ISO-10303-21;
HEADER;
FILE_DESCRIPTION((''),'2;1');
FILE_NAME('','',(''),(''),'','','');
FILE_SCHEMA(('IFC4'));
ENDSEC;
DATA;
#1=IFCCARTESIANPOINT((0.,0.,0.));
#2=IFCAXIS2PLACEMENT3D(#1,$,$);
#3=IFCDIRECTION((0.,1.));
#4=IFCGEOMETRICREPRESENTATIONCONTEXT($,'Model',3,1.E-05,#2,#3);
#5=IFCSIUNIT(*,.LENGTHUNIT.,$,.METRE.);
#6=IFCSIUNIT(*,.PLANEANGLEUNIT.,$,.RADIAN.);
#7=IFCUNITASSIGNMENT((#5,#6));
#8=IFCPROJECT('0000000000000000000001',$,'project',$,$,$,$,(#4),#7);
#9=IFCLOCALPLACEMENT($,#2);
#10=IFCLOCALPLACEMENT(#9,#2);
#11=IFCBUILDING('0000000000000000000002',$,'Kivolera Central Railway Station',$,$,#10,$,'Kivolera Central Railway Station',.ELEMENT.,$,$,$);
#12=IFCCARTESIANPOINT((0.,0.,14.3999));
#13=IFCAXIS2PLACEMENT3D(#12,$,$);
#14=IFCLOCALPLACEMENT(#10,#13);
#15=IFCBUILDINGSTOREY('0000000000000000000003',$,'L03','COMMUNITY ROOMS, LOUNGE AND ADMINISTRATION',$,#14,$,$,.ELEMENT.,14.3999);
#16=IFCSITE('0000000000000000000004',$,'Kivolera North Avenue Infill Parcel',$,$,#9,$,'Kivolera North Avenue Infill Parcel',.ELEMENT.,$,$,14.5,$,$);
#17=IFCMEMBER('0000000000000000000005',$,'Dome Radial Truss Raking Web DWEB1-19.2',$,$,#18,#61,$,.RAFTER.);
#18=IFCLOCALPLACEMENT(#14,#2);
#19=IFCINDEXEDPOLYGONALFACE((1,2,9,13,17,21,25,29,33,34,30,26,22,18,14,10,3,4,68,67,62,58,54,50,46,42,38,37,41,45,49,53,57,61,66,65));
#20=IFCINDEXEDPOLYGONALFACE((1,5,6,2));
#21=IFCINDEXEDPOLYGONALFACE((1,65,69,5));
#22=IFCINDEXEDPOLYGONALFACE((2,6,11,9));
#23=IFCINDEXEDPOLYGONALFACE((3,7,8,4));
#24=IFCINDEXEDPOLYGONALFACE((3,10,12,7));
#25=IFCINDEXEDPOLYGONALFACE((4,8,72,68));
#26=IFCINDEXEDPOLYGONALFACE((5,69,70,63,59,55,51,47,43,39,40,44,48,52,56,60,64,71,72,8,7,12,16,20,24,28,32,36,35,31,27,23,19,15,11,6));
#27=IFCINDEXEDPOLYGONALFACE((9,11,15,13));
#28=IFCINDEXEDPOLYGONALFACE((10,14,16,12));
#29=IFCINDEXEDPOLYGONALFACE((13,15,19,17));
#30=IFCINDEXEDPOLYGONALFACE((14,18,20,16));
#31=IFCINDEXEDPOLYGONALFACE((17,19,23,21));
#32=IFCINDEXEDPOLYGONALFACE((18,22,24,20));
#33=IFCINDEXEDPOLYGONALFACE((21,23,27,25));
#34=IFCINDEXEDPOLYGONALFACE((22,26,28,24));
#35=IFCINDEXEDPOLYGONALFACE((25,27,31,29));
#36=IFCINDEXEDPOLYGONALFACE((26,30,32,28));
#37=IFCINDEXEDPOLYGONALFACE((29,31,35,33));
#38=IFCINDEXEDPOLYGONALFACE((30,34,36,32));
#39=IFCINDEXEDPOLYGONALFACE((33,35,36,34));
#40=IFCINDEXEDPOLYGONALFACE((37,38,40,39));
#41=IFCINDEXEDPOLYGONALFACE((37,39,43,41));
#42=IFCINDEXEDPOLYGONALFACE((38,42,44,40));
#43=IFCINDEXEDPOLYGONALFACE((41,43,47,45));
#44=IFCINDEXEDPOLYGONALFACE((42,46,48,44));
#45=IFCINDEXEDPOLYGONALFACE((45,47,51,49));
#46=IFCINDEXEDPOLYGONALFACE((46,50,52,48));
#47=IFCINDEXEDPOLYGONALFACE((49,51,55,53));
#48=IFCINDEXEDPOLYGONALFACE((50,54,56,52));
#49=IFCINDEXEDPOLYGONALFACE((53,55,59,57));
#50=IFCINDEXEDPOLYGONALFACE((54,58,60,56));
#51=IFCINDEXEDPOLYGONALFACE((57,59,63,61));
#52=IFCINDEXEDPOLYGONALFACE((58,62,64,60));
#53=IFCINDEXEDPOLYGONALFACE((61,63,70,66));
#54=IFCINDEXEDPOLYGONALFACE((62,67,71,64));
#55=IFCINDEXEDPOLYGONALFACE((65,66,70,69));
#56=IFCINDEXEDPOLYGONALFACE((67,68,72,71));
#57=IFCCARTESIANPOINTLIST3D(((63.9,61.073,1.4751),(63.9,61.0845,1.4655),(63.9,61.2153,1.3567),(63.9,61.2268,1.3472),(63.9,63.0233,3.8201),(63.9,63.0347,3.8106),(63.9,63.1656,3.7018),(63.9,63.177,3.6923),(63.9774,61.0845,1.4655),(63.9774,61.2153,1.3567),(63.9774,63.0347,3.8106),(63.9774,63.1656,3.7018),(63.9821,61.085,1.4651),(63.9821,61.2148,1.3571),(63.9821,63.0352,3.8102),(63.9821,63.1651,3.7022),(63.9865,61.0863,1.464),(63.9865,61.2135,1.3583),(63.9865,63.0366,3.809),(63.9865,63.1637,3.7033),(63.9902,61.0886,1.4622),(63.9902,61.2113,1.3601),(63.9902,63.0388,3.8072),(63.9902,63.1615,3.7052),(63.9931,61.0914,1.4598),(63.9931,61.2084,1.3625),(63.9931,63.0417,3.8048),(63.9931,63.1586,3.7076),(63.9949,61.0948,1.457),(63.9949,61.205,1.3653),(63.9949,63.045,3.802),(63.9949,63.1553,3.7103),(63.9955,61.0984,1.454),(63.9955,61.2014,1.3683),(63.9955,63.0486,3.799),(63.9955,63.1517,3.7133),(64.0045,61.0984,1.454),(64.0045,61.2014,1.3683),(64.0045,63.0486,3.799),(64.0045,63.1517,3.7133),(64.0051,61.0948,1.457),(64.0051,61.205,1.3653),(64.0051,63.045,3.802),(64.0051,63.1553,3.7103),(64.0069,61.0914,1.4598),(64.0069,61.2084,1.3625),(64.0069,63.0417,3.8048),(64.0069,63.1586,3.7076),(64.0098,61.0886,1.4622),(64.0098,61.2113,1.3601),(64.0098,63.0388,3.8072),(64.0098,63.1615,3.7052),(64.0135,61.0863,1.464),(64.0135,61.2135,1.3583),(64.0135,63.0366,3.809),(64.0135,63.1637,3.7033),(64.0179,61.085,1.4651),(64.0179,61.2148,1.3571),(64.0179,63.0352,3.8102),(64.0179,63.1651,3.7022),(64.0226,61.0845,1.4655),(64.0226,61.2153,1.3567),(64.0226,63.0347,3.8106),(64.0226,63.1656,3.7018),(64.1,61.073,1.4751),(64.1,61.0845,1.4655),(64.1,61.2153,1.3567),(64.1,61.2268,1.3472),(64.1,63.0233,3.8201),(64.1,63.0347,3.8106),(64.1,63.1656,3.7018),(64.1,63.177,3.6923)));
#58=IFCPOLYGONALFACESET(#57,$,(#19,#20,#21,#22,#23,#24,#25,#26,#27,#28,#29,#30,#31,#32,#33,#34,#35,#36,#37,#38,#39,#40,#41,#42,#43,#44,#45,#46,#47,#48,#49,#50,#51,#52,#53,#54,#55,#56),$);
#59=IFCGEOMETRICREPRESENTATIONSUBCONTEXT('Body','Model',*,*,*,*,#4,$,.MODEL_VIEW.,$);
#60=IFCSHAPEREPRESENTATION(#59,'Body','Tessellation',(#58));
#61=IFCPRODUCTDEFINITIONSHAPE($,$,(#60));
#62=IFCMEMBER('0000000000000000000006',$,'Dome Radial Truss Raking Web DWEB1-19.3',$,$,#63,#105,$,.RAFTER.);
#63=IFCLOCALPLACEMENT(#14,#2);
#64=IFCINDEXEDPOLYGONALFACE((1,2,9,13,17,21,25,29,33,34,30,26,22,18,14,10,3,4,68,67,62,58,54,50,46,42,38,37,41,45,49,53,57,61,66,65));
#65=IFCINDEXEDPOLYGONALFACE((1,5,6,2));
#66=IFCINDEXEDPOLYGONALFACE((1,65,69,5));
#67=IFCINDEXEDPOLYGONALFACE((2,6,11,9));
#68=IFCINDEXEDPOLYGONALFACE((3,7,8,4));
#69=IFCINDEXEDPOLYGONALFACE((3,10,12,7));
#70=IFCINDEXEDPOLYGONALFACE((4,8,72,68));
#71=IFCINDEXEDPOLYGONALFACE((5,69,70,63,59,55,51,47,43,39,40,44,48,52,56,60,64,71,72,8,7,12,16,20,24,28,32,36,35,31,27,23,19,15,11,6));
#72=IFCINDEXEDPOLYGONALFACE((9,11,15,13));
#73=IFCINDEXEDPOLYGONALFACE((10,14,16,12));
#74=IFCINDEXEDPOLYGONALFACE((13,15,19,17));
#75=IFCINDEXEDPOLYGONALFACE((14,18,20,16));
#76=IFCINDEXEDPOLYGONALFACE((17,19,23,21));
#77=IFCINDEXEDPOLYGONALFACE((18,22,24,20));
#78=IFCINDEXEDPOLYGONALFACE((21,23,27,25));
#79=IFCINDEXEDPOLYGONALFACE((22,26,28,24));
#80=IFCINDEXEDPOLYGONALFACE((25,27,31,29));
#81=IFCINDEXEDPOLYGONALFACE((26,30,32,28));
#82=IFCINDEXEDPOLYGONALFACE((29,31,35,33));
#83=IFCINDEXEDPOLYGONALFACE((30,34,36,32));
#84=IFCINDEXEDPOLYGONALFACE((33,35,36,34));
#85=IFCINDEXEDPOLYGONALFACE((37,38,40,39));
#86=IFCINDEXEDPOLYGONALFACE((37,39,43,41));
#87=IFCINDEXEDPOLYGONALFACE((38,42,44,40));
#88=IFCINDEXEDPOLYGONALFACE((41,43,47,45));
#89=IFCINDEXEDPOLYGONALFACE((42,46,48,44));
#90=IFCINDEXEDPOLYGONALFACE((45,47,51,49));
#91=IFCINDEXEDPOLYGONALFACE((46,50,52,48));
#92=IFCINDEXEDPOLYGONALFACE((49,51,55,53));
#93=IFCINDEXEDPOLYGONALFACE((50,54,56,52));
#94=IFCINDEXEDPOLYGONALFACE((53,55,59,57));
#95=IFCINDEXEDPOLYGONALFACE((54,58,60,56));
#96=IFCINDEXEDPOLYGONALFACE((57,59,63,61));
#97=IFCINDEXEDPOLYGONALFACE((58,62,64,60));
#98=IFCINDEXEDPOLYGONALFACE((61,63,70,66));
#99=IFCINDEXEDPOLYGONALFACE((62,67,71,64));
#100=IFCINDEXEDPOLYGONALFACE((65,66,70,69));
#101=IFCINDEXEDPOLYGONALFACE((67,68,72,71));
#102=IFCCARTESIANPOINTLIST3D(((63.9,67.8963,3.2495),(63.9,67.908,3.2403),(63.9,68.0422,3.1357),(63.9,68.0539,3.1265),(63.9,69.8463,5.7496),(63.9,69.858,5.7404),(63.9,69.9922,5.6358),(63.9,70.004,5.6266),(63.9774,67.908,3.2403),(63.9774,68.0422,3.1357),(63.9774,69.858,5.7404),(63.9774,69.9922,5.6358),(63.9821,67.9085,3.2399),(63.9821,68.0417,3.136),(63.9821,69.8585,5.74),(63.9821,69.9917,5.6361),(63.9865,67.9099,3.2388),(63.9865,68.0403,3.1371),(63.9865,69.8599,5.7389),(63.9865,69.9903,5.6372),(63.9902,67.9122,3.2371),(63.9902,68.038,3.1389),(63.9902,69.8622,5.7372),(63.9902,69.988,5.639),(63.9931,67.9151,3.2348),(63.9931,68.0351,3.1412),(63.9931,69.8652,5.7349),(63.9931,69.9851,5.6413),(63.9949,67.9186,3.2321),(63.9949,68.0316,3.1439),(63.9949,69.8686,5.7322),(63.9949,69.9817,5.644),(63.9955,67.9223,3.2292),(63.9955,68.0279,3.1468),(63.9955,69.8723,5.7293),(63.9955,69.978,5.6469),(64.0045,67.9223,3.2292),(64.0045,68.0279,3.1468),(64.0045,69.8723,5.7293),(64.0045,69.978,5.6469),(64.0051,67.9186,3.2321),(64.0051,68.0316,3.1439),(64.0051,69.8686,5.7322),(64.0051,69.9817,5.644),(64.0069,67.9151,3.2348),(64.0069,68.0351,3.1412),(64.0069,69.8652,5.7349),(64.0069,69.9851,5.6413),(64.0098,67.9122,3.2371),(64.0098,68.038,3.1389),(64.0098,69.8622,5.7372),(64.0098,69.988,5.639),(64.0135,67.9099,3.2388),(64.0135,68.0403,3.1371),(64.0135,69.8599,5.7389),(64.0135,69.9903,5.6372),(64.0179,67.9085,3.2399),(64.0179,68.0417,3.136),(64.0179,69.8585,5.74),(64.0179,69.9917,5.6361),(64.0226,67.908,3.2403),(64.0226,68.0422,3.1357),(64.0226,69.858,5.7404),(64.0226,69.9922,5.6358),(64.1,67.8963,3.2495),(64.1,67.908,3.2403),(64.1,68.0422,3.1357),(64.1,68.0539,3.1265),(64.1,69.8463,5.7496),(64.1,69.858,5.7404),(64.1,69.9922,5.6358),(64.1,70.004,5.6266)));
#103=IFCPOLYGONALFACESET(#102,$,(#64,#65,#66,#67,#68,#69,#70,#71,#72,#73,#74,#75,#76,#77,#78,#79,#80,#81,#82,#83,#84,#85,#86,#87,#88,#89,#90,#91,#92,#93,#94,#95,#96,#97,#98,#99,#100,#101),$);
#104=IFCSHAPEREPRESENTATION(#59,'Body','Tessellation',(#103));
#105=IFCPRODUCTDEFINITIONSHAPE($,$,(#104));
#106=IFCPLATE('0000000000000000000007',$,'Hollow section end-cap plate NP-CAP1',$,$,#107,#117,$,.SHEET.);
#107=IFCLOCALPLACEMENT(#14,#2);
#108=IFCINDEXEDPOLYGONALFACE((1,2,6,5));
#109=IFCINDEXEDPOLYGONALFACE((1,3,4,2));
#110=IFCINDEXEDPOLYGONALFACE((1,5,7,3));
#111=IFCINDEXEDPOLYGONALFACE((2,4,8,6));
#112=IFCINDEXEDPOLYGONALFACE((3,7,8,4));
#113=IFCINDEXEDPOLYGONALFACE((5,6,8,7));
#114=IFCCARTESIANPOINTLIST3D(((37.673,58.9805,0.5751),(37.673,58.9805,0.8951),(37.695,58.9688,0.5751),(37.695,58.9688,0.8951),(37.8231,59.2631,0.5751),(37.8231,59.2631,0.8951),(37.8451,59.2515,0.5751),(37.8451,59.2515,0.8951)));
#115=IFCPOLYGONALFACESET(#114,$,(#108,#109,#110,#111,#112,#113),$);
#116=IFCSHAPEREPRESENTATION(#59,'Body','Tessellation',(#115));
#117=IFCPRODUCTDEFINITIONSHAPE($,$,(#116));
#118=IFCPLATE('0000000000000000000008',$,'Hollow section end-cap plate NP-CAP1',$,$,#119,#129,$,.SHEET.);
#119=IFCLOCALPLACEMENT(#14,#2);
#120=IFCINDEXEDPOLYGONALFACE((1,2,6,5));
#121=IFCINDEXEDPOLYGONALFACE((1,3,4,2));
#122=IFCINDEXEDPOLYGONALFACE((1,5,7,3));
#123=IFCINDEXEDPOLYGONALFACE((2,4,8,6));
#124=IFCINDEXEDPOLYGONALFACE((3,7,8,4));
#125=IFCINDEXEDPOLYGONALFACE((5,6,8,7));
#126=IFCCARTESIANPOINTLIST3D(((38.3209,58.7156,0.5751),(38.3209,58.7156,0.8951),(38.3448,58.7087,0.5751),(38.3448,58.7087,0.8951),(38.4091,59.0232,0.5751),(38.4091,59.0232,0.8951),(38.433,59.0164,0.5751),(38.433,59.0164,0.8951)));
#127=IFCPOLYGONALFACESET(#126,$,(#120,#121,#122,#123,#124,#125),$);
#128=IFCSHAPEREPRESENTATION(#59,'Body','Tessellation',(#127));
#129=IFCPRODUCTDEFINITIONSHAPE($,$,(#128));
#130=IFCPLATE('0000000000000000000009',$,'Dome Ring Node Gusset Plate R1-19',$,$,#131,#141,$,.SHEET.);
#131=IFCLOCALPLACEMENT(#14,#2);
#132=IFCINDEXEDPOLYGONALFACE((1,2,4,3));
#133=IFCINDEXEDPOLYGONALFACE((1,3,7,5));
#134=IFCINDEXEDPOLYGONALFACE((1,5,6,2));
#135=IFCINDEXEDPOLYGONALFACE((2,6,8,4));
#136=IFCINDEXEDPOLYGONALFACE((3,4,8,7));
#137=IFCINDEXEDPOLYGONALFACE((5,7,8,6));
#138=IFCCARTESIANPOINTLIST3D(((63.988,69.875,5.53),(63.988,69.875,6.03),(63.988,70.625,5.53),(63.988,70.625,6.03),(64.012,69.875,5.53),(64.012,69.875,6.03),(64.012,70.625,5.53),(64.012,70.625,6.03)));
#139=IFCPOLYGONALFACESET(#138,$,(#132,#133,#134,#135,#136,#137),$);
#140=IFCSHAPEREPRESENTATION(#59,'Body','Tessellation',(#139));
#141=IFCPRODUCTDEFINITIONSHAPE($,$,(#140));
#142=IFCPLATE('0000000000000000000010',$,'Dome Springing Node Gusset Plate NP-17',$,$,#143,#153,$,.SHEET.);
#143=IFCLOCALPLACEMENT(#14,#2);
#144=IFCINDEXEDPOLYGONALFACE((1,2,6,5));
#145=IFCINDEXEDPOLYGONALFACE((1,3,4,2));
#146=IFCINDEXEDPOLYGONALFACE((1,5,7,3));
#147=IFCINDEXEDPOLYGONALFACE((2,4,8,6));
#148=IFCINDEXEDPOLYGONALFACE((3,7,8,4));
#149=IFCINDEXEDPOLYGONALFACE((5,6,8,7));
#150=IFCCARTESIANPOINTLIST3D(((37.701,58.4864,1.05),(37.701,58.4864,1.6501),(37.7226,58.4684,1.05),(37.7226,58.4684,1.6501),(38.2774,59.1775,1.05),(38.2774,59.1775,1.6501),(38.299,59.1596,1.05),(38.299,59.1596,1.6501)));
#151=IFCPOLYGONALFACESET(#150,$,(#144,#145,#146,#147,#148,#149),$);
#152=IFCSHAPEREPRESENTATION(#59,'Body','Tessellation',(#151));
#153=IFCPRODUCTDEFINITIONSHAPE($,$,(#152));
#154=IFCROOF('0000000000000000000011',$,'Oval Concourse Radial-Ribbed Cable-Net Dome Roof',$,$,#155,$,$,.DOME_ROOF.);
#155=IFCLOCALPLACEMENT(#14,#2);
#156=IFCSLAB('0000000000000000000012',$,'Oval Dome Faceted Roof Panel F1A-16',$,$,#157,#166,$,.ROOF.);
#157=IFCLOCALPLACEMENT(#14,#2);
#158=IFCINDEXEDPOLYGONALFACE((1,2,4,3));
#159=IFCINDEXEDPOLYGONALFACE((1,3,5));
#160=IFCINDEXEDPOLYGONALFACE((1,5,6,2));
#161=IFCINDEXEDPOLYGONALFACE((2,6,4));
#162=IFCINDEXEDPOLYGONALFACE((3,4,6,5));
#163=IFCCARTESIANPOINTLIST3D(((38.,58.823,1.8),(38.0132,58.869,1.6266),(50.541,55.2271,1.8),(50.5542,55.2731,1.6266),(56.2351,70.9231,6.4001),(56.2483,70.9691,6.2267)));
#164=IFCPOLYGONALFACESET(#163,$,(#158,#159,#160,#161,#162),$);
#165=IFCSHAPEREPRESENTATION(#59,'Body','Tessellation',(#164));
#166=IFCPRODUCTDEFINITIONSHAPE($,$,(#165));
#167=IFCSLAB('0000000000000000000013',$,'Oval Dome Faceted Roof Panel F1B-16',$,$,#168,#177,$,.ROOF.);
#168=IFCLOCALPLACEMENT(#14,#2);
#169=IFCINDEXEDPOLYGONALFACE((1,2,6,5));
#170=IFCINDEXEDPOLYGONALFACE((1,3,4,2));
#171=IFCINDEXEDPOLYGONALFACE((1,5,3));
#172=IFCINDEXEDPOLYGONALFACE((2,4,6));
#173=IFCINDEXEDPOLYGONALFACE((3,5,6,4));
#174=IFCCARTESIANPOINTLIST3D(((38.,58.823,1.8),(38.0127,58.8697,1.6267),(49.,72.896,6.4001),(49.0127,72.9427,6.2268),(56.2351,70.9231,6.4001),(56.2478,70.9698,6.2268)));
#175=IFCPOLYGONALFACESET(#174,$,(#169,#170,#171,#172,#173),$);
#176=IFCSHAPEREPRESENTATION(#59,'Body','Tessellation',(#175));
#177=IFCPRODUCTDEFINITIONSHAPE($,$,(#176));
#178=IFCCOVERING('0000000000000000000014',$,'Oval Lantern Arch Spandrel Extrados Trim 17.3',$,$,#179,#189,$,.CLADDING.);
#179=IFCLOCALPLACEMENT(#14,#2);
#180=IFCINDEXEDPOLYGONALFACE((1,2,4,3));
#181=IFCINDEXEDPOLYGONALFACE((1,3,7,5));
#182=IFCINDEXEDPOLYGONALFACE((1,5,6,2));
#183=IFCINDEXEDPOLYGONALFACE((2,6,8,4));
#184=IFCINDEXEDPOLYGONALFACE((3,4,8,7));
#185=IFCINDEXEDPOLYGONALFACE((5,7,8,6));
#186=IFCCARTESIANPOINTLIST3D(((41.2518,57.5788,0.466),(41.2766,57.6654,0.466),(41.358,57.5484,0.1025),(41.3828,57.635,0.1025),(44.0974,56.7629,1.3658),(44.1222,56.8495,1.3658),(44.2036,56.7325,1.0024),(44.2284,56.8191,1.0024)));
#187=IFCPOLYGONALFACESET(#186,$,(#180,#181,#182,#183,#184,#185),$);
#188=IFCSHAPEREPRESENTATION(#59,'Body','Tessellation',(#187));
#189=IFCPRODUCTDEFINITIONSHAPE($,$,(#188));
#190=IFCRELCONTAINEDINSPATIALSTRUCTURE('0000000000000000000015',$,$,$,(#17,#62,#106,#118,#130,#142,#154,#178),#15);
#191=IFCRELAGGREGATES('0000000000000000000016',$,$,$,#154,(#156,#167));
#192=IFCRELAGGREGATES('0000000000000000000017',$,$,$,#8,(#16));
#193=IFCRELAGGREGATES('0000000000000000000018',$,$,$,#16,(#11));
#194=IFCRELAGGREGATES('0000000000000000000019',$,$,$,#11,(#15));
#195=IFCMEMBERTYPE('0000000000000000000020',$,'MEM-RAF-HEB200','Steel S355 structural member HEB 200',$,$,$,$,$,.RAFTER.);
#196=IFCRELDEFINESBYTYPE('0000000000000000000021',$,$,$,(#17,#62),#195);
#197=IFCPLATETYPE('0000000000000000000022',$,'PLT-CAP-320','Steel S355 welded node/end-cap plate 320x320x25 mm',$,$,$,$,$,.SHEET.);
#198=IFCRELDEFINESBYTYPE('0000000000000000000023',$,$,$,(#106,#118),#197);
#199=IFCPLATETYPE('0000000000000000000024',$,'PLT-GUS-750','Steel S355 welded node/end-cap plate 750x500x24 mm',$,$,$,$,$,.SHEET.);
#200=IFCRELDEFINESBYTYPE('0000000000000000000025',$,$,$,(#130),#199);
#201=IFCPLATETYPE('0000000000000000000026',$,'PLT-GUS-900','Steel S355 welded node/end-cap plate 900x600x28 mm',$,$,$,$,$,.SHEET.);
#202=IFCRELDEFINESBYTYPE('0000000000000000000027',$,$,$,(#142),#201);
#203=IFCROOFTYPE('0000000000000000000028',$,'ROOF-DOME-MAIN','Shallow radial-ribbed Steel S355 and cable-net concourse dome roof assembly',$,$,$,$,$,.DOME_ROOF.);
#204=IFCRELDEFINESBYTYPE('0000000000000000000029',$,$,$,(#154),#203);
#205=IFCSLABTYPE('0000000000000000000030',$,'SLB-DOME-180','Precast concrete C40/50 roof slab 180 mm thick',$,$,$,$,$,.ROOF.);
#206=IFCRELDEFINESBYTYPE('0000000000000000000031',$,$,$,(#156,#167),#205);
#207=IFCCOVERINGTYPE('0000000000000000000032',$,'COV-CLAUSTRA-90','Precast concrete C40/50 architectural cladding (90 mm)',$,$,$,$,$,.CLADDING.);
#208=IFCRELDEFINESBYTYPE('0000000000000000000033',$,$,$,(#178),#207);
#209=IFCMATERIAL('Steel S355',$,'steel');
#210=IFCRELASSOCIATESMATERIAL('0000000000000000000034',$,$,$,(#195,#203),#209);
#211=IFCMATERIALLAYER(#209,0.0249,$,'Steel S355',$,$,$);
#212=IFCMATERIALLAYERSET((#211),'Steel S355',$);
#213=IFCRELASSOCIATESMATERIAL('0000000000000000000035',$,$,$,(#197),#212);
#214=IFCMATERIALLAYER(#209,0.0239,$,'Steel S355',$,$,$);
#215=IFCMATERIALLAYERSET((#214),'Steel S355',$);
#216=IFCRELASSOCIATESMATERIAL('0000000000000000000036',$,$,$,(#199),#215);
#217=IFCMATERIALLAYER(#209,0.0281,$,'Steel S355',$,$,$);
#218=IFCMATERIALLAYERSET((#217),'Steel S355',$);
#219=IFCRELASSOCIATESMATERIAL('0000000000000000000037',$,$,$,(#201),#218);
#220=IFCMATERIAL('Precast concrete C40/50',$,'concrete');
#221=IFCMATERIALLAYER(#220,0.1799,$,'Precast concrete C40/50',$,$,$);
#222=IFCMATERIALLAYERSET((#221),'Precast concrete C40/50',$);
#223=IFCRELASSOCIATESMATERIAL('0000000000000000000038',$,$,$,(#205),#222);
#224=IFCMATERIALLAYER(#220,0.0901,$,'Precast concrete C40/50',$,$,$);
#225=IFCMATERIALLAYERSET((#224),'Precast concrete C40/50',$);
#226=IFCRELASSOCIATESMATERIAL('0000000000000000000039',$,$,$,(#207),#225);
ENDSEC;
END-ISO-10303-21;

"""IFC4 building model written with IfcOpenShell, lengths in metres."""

from ifc_helpers import new_model, si_unit, direction, frame, origin, origin_2d, place, context, subcontext, project, spatial, polyline, rectangle, i_section, outline, extrude, material, layer, layer_set, material_profile, profile_set, type_object, element, aggregate, save


model = new_model("IFC4")

# Units and contexts
model_context = context("Model", 3, precision=1e-05, world=origin(), true_north=direction((0.0, 1.0)))
body_context = subcontext(model_context, "Body", "Model", "MODEL_VIEW")
ifc_project = project(units=[si_unit("LENGTHUNIT", "METRE"), si_unit("PLANEANGLEUNIT", "RADIAN")], contexts=[model_context])

# Site, building, storey
site_placement = place(None, origin())
site = spatial("IfcSite", under=ifc_project, at=site_placement, Name="Kivolera North Avenue Infill Parcel", LongName="Kivolera North Avenue Infill Parcel", CompositionType="ELEMENT", RefElevation=14.5)
building_placement = place(site_placement, origin())
building = spatial("IfcBuilding", under=site, at=building_placement, Name="Kivolera Central Railway Station", LongName="Kivolera Central Railway Station", CompositionType="ELEMENT")
storey_placement = place(building_placement, frame((0.0, 0.0, 14.3999)))
storey = spatial("IfcBuildingStorey", under=building, at=storey_placement, Name="L03", Description="COMMUNITY ROOMS, LOUNGE AND ADMINISTRATION", CompositionType="ELEMENT", Elevation=14.3999)

# Shared definitions
ifc_material_1 = material(Name="Steel S355", Category="steel")

# Members
ifc_material_profile_1 = material_profile(ifc_material_1, i_section(OverallWidth=0.2, OverallDepth=0.2, WebThickness=0.009, FlangeThickness=0.0149, FilletRadius=0.0181, at=origin_2d()), Name="HEB 200")
ifc_profile_set_1 = profile_set([ifc_material_profile_1], Name="Steel S355")
member_type_1 = type_object("IfcMemberType", Name="MEM-RAF-HEB200", Description="Steel S355 structural member HEB 200", PredefinedType="RAFTER", material=ifc_profile_set_1)
member_1_placement = place(storey_placement, frame((64.0, 61.1499, 1.4111), z_axis=(0.0, 0.63942, 0.768857), x_axis=(-1.0, 0.0, 0.0)))
element("IfcMember", 1, at=member_1_placement, inside=storey, type_object=member_type_1, Name="Dome Radial Truss Raking Web DWEB1-19.2", PredefinedType="RAFTER", context=body_context, shape_type="SweptSolid", body=[
    extrude(i_section(OverallWidth=0.2, OverallDepth=0.2, WebThickness=0.009, FlangeThickness=0.0149, FilletRadius=0.0181, at=origin_2d()), origin(), (0.0, 0.0, 1.0), 3.05),
])
member_2_placement = place(storey_placement, frame((64.0, 67.9751, 3.188), z_axis=(0.0, 0.615022, 0.78851), x_axis=(-1.0, 0.0, 0.0)))
element("IfcMember", 2, at=member_2_placement, inside=storey, type_object=member_type_1, Name="Dome Radial Truss Raking Web DWEB1-19.3", PredefinedType="RAFTER", context=body_context, shape_type="SweptSolid", body=[
    extrude(i_section(OverallWidth=0.2, OverallDepth=0.2, WebThickness=0.009, FlangeThickness=0.0149, FilletRadius=0.0181, at=origin_2d()), origin(), (0.0, 0.0, 1.0), 3.1707),
])

# Plates
ifc_layer_1 = layer(ifc_material_1, 0.0249, Name="Steel S355")
ifc_layer_set_1 = layer_set([ifc_layer_1], Name="Steel S355")
plate_type_1 = type_object("IfcPlateType", Name="PLT-CAP-320", Description="Steel S355 welded node/end-cap plate 320x320x25 mm", PredefinedType="SHEET", material=ifc_layer_set_1)
for number, where, z_axis, x_axis, name in (
    (3, (37.759, 59.116, 0.7351), (0.883133, -0.469123, 0.0), (0.469123, 0.883133, 0.0), "Hollow section end-cap plate NP-CAP1"),
    (4, (38.377, 58.866, 0.7351), (0.961251, -0.275674, 0.0), (0.275674, 0.961251, 0.0), "Hollow section end-cap plate NP-CAP1"),
):
    element("IfcPlate", number, at=place(storey_placement, frame(where, z_axis=z_axis, x_axis=x_axis)), inside=storey, type_object=plate_type_1, Name=name, PredefinedType="SHEET", context=body_context, shape_type="SweptSolid", body=[
        extrude(rectangle(XDim=0.3201, YDim=0.3201, at=origin_2d()), frame((0.0, 0.0, -0.0125)), (0.0, 0.0, 1.0), 0.0249),
    ])
ifc_layer_2 = layer(ifc_material_1, 0.0239, Name="Steel S355")
ifc_layer_set_2 = layer_set([ifc_layer_2], Name="Steel S355")
plate_type_2 = type_object("IfcPlateType", Name="PLT-GUS-750", Description="Steel S355 welded node/end-cap plate 750x500x24 mm", PredefinedType="SHEET", material=ifc_layer_set_2)
plate_1_placement = place(storey_placement, frame((64.0, 70.25, 5.53), z_axis=(0.0, 0.0, 1.0), x_axis=(0.0, -1.0, 0.0)))
element("IfcPlate", 5, at=plate_1_placement, inside=storey, type_object=plate_type_2, Name="Dome Ring Node Gusset Plate R1-19", PredefinedType="SHEET", context=body_context, shape_type="SweptSolid", body=[
    extrude(rectangle(XDim=0.75, YDim=0.0239, at=origin_2d()), origin(), (0.0, 0.0, 1.0), 0.5),
])
ifc_layer_3 = layer(ifc_material_1, 0.0281, Name="Steel S355")
ifc_layer_set_3 = layer_set([ifc_layer_3], Name="Steel S355")
plate_type_3 = type_object("IfcPlateType", Name="PLT-GUS-900", Description="Steel S355 welded node/end-cap plate 900x600x28 mm", PredefinedType="SHEET", material=ifc_layer_set_3)
plate_2_placement = place(storey_placement, frame((38.0, 58.823, 1.05), z_axis=(0.0, 0.0, 1.0), x_axis=(-0.640458, -0.767993, 0.0)))
element("IfcPlate", 6, at=plate_2_placement, inside=storey, type_object=plate_type_3, Name="Dome Springing Node Gusset Plate NP-17", PredefinedType="SHEET", context=body_context, shape_type="SweptSolid", body=[
    extrude(rectangle(XDim=0.8999, YDim=0.0281, at=origin_2d()), origin(), (0.0, 0.0, 1.0), 0.6001),
])

# Roof, slabs
roof_type = type_object("IfcRoofType", Name="ROOF-DOME-MAIN", Description="Shallow radial-ribbed Steel S355 and cable-net concourse dome roof assembly", PredefinedType="DOME_ROOF", material=ifc_material_1)
roof_placement = place(storey_placement, origin())
roof = element("IfcRoof", 7, at=roof_placement, inside=storey, type_object=roof_type, Name="Oval Concourse Radial-Ribbed Cable-Net Dome Roof", PredefinedType="DOME_ROOF")
ifc_material_2 = material(Name="Precast concrete C40/50", Category="concrete")
ifc_layer_4 = layer(ifc_material_2, 0.1799, Name="Precast concrete C40/50")
ifc_layer_set_4 = layer_set([ifc_layer_4], Name="Precast concrete C40/50")
slab_type = type_object("IfcSlabType", Name="SLB-DOME-180", Description="Precast concrete C40/50 roof slab 180 mm thick", PredefinedType="ROOF", material=ifc_layer_set_4)
slab_1_placement = place(storey_placement, frame((38.0, 58.823, 1.8), z_axis=(-0.07337, -0.255883, 0.96392), x_axis=(0.961264, -0.275628, 0.0)))
slab_1 = element("IfcSlab", 8, at=slab_1_placement, type_object=slab_type, Name="Oval Dome Faceted Roof Panel F1A-16", PredefinedType="ROOF", context=body_context, shape_type="SweptSolid", body=[
    extrude(outline(polyline([(0.0, 0.0), (13.0464, 0.0), (14.1936, 17.281), (0.0, 0.0)])), origin(), (0.0, 0.0, -1.0), 0.1799),
])
slab_2_placement = place(storey_placement, frame((38.0, 58.823, 1.8), z_axis=(-0.070765, -0.259514, 0.963143), x_axis=(0.815423, 0.541083, 0.205704)))
slab_2 = element("IfcSlab", 9, at=slab_2_placement, type_object=slab_type, Name="Oval Dome Faceted Roof Panel F1B-16", PredefinedType="ROOF", context=body_context, shape_type="SweptSolid", body=[
    extrude(outline(polyline([(0.0, 0.0), (22.3627, 0.0), (17.5306, 5.7349), (0.0, 0.0)])), origin(), (0.0, 0.0, -1.0), 0.1799),
])
aggregate(roof, [slab_1, slab_2])

# Covering
ifc_layer_5 = layer(ifc_material_2, 0.0901, Name="Precast concrete C40/50")
ifc_layer_set_5 = layer_set([ifc_layer_5], Name="Precast concrete C40/50")
covering_type_1 = type_object("IfcCoveringType", Name="COV-CLAUSTRA-90", Description="Precast concrete C40/50 architectural cladding (90 mm)", PredefinedType="CLADDING", material=ifc_layer_set_5)
for number, where, z_axis, x_axis, name in (
    (10, (42.74, 57.199, 0.7341), (0.919713, -0.263699, 0.290844), (-0.275632, -0.961263, 0.0), "Oval Lantern Arch Spandrel Extrados Trim 17.3"),
):
    element("IfcCovering", number, at=place(storey_placement, frame(where, z_axis=z_axis, x_axis=x_axis)), inside=storey, type_object=covering_type_1, Name=name, PredefinedType="CLADDING", context=body_context, shape_type="SweptSolid", body=[
        extrude(rectangle(XDim=0.0901, YDim=0.3799, at=origin_2d()), frame((0.0, 0.0, -1.5469)), (0.0, 0.0, 1.0), 3.094),
    ])

save(model, "model.ifc")
